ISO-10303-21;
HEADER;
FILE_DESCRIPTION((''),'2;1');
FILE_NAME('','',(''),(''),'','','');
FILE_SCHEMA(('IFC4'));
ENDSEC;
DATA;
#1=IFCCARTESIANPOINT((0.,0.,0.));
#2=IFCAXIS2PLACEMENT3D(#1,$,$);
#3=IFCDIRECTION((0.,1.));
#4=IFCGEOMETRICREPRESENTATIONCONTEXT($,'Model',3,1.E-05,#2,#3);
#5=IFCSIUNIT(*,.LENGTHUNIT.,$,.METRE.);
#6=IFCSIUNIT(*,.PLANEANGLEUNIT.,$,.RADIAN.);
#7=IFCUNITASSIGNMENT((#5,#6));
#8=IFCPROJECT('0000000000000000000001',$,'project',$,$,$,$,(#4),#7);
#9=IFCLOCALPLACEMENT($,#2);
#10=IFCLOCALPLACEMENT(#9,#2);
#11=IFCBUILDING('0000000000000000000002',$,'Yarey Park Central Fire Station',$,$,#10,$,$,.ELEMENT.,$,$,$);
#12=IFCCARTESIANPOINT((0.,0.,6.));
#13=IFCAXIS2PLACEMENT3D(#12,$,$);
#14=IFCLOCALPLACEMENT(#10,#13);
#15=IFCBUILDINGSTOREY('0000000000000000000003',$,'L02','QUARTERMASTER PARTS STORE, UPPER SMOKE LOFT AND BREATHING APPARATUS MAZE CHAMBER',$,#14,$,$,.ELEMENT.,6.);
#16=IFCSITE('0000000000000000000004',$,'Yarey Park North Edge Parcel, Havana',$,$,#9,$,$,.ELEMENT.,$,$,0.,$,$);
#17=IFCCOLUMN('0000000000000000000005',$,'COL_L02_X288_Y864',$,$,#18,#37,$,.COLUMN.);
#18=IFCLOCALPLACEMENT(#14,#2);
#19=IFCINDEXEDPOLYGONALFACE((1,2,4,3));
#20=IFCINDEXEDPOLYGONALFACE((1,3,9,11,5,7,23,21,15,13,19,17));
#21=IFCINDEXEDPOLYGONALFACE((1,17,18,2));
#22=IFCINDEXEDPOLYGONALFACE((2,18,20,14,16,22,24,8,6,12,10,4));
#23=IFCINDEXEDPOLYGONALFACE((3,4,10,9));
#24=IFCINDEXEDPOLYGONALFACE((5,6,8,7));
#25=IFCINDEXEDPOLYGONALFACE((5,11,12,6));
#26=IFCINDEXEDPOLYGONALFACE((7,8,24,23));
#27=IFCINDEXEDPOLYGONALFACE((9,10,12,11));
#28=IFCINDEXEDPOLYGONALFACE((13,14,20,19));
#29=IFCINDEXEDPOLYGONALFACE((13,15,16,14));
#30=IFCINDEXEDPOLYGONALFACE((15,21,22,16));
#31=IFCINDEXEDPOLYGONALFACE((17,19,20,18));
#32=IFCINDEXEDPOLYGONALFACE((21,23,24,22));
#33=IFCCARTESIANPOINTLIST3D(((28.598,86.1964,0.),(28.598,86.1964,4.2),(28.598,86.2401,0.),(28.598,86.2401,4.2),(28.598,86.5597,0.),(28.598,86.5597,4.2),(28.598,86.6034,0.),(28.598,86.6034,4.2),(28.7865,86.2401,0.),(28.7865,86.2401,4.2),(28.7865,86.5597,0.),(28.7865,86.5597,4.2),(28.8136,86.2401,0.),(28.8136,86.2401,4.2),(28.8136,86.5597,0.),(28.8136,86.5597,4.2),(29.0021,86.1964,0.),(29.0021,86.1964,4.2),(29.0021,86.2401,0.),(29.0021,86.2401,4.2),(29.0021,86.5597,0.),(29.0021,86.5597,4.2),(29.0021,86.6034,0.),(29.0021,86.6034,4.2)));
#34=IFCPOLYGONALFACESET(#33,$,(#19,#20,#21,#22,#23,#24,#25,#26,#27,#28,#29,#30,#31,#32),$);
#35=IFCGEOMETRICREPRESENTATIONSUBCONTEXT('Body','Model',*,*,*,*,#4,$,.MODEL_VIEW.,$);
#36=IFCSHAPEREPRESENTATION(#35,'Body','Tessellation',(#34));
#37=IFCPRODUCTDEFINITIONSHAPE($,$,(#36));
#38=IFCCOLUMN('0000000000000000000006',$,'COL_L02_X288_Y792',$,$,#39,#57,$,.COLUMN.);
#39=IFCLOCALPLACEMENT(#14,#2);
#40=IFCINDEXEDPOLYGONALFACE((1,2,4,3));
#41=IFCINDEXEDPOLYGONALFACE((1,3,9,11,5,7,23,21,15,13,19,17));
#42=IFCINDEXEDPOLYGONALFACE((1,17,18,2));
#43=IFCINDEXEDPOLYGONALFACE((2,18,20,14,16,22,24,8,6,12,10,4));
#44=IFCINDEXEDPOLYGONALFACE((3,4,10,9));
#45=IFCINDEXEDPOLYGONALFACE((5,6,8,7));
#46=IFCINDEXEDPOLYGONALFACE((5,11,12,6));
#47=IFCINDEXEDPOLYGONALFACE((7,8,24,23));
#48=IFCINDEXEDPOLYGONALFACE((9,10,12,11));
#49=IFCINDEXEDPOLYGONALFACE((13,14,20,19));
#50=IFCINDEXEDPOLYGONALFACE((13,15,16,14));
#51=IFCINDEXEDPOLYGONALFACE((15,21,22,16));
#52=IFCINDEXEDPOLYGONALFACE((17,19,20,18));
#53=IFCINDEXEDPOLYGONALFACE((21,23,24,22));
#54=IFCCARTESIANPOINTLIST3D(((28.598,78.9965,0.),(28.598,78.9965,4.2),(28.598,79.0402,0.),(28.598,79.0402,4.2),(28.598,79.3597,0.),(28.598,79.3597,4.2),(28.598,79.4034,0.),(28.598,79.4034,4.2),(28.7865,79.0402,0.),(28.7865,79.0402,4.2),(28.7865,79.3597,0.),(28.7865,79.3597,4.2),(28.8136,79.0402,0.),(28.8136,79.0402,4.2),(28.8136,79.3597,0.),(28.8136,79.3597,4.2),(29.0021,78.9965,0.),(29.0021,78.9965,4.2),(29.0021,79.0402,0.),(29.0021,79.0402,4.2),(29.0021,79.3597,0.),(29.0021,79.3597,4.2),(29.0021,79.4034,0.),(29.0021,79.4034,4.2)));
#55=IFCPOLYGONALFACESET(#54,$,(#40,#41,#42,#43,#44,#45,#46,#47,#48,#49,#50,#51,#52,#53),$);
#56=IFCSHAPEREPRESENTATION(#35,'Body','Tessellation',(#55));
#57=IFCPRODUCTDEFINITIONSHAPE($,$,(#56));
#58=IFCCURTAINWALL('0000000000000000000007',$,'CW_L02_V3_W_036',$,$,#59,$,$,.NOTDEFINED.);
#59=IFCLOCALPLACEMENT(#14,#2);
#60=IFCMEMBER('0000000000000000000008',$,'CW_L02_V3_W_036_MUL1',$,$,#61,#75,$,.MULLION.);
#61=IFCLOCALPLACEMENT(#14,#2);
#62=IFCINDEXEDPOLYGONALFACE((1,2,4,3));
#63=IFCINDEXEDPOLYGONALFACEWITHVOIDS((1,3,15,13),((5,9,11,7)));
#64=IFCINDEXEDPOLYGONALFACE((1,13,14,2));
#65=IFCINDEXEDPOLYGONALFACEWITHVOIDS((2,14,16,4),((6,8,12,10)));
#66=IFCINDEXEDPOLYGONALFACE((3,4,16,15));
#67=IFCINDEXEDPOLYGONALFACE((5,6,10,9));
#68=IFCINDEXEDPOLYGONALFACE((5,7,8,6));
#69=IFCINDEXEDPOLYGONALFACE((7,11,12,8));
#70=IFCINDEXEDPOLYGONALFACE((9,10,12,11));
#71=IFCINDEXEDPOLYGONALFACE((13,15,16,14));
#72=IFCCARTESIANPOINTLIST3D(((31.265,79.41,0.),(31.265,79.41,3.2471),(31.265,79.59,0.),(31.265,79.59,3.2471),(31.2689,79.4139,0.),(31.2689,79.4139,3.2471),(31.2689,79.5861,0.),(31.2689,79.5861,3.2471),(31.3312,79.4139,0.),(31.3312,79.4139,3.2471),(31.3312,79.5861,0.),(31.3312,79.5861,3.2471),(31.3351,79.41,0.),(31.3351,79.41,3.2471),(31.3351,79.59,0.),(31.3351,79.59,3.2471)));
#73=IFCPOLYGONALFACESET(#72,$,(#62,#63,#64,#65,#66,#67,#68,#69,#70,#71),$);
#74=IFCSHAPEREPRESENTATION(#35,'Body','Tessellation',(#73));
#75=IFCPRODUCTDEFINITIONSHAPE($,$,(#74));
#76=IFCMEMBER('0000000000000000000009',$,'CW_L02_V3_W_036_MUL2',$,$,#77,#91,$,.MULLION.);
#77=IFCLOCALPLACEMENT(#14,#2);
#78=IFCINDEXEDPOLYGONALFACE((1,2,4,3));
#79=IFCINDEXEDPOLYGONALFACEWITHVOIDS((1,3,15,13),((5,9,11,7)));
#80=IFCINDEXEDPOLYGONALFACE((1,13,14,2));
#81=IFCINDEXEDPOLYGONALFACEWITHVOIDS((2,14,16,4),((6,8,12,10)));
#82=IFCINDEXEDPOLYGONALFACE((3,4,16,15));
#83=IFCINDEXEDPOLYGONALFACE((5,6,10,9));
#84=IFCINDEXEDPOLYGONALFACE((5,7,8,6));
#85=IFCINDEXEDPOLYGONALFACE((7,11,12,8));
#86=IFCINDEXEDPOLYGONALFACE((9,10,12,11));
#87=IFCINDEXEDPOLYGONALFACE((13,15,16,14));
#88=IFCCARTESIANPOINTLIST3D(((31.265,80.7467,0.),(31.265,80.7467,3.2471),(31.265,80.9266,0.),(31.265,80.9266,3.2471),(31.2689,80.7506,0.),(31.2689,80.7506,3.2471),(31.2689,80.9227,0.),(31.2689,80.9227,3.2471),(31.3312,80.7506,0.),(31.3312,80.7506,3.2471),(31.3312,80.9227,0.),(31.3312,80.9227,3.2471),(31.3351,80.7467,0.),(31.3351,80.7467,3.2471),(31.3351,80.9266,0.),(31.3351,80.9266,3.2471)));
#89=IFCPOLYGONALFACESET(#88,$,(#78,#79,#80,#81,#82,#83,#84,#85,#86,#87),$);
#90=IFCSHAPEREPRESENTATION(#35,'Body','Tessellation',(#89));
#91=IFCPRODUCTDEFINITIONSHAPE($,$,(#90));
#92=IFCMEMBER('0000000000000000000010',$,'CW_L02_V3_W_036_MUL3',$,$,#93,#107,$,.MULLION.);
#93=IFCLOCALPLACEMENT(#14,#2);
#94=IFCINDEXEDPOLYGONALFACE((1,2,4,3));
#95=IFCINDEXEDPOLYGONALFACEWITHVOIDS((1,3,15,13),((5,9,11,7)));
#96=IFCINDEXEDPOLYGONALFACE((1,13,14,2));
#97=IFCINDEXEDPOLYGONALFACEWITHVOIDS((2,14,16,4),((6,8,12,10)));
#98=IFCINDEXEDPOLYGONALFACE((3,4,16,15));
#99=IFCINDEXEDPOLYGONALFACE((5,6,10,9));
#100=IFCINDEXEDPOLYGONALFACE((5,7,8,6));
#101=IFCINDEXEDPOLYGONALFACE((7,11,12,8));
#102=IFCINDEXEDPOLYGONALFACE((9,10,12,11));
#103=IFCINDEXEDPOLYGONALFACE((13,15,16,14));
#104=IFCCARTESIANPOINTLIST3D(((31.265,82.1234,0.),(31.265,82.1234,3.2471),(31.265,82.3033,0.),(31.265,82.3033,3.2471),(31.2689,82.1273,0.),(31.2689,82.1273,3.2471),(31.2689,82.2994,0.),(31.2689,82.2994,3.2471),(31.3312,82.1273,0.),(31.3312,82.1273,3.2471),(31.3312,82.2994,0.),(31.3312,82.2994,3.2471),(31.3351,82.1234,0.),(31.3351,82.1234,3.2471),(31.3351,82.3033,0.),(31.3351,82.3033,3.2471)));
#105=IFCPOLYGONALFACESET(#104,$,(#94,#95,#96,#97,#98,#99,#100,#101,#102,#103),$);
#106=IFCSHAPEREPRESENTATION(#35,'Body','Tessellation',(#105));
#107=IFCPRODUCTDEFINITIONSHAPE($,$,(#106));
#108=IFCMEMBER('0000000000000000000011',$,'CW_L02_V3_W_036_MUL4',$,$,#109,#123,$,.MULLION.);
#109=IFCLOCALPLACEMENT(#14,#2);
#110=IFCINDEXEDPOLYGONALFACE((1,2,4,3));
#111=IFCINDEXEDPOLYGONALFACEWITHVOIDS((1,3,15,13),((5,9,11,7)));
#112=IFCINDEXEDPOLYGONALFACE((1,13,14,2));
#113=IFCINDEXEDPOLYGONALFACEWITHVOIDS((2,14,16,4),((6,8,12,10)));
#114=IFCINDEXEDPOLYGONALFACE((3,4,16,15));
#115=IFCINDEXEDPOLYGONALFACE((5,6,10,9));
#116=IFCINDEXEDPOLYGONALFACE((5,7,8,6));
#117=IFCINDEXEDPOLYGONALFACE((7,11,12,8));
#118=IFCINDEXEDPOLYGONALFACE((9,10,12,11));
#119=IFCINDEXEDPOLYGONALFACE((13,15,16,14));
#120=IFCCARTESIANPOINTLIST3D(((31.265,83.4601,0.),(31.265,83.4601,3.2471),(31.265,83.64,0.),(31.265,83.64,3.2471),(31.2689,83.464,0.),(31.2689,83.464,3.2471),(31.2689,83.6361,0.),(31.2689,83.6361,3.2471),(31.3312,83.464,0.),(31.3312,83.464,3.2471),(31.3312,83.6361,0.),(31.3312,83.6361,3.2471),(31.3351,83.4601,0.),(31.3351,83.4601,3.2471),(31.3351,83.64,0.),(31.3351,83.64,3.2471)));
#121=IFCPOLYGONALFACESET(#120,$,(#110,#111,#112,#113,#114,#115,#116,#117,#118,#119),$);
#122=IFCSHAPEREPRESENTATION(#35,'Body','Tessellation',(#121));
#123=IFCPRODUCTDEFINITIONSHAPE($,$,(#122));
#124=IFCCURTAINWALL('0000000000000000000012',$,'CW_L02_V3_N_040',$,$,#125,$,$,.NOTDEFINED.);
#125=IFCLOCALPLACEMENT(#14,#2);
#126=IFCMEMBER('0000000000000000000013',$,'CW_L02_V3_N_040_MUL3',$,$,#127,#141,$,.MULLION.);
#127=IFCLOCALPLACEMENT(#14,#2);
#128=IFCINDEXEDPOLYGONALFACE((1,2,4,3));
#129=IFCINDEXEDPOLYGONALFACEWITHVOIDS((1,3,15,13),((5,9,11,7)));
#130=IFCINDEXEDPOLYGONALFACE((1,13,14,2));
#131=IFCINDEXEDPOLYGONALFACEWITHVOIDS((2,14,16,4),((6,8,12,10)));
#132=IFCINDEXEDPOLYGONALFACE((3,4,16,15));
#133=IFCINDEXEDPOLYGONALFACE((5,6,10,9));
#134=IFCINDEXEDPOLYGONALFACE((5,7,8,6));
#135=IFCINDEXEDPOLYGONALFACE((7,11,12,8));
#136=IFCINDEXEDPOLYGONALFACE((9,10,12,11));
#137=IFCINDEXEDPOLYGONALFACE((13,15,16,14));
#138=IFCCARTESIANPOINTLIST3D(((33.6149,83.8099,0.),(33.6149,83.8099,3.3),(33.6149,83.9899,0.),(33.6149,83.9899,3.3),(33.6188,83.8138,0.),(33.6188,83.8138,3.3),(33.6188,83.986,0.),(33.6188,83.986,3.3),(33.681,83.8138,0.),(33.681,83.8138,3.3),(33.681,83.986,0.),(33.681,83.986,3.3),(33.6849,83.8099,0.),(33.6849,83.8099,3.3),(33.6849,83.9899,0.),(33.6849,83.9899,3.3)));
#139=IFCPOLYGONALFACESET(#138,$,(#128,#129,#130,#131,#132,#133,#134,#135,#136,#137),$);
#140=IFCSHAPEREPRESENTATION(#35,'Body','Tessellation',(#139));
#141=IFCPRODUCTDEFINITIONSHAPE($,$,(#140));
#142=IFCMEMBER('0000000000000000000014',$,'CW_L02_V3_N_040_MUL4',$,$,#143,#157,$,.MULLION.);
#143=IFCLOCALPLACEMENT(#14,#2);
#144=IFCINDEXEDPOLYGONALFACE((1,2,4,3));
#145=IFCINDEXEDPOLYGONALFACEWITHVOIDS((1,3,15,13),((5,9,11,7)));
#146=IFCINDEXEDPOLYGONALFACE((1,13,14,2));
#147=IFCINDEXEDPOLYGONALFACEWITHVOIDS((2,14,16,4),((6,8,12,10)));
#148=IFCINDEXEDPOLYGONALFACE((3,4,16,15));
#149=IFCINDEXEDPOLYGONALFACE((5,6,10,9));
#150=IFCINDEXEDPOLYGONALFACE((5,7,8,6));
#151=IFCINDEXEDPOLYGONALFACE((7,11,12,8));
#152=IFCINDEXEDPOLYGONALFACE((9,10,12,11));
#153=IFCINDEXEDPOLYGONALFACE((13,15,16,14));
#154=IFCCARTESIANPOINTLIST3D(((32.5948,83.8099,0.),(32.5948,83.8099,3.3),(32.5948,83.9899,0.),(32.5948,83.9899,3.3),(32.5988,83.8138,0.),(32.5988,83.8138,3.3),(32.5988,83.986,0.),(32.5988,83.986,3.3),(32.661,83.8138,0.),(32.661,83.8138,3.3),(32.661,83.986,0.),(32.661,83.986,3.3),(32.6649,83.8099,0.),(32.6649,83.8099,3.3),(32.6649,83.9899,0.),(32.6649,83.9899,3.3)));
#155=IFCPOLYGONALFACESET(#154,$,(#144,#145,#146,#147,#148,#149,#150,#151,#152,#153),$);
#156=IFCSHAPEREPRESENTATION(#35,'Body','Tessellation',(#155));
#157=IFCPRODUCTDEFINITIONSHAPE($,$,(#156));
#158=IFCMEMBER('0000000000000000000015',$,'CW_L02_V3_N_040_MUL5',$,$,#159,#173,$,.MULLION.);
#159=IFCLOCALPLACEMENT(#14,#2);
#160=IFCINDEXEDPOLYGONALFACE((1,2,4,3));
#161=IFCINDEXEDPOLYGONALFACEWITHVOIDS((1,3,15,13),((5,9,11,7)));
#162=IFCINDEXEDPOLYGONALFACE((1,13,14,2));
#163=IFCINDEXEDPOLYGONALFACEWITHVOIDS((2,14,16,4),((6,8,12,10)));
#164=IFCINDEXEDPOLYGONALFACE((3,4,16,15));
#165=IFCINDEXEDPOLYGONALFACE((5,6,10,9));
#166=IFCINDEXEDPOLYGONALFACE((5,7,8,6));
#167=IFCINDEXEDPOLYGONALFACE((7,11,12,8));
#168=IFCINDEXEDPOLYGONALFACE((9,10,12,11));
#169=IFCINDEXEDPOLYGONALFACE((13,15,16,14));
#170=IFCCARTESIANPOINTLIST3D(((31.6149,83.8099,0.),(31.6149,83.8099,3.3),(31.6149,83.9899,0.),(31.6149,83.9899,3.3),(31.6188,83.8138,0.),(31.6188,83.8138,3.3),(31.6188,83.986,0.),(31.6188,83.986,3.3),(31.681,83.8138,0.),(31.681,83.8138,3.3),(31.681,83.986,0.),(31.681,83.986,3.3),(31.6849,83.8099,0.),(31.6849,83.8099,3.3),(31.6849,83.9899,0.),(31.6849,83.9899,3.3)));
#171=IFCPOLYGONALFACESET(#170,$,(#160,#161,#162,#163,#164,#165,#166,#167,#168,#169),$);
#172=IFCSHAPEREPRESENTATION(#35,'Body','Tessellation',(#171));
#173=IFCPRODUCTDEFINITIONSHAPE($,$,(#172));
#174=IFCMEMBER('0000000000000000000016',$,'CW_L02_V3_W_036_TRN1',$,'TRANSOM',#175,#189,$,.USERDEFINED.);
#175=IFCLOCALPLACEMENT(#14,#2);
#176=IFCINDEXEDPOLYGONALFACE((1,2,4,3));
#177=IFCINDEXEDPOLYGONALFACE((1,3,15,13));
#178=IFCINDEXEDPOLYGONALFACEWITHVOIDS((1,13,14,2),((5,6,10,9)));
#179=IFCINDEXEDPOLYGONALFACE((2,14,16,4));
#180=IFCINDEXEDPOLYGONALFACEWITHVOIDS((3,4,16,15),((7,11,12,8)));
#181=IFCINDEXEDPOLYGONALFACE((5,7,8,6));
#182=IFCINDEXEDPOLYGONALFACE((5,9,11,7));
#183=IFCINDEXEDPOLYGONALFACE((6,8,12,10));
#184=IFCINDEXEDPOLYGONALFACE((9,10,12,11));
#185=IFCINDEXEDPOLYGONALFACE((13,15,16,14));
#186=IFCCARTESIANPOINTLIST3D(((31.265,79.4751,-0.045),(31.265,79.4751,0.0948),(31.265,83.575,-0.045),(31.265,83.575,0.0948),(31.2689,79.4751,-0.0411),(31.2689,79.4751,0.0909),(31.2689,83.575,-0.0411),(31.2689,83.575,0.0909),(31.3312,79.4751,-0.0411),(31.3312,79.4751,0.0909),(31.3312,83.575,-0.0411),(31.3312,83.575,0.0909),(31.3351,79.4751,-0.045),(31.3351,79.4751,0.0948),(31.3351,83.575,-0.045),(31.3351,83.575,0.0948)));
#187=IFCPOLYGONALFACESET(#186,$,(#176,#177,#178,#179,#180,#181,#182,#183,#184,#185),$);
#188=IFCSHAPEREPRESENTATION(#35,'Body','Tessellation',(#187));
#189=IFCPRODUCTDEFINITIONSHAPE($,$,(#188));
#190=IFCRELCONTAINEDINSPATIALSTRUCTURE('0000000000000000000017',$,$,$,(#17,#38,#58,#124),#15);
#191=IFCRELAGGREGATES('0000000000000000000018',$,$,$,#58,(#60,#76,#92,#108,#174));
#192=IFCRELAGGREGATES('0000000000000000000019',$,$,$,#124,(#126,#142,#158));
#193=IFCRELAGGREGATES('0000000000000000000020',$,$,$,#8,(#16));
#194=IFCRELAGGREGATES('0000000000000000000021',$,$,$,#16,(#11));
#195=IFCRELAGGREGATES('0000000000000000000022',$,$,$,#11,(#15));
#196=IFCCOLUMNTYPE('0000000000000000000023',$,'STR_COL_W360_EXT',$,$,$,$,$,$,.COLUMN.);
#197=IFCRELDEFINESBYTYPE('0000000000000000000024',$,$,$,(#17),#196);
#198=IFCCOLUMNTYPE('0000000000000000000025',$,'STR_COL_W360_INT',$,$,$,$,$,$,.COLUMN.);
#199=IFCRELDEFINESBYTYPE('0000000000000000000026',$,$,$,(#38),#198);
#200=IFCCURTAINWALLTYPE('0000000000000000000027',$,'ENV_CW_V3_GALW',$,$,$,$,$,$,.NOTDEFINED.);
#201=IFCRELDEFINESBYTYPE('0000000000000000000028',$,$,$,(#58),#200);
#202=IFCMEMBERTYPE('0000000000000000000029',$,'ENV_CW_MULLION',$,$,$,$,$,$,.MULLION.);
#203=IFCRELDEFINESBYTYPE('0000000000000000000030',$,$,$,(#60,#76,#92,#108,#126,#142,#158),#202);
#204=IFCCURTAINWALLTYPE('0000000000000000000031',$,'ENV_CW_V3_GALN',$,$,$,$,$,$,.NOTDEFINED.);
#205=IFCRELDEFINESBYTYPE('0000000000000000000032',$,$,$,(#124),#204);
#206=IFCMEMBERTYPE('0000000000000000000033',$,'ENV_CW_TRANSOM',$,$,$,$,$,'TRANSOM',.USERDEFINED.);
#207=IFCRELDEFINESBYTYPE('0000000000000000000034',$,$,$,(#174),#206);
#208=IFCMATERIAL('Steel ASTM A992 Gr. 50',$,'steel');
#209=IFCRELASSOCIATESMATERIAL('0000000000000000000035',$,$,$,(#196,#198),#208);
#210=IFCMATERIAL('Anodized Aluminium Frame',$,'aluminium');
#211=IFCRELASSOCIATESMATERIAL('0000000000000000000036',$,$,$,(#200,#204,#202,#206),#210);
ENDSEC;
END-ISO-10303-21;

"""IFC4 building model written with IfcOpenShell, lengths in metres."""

from ifc_helpers import new_model, si_unit, direction, frame, origin, origin_2d, place, context, subcontext, project, spatial, hollow_rectangle, i_section, extrude, material, material_profile, profile_set, type_object, element, aggregate, save


model = new_model("IFC4")

# Units and contexts
model_context = context("Model", 3, precision=1e-05, world=origin(), true_north=direction((0.0, 1.0)))
body_context = subcontext(model_context, "Body", "Model", "MODEL_VIEW")
ifc_project = project(units=[si_unit("LENGTHUNIT", "METRE"), si_unit("PLANEANGLEUNIT", "RADIAN")], contexts=[model_context])

# Site, building, storey
site_placement = place(None, origin())
site = spatial("IfcSite", under=ifc_project, at=site_placement, Name="Yarey Park North Edge Parcel, Havana", CompositionType="ELEMENT", RefElevation=0.0)
building_placement = place(site_placement, origin())
building = spatial("IfcBuilding", under=site, at=building_placement, Name="Yarey Park Central Fire Station", CompositionType="ELEMENT")
storey_placement = place(building_placement, frame((0.0, 0.0, 6.0)))
storey = spatial("IfcBuildingStorey", under=building, at=storey_placement, Name="L02", Description="QUARTERMASTER PARTS STORE, UPPER SMOKE LOFT AND BREATHING APPARATUS MAZE CHAMBER", CompositionType="ELEMENT", Elevation=6.0)

# Columns
ifc_material_1 = material(Name="Steel ASTM A992 Gr. 50", Category="steel")
ifc_material_profile_1 = material_profile(ifc_material_1, i_section(OverallWidth=0.4041, OverallDepth=0.407, WebThickness=0.0271, FlangeThickness=0.0437, at=origin_2d()), Name="W360x347")
ifc_profile_set_1 = profile_set([ifc_material_profile_1], Name="Steel ASTM A992 Gr. 50")
column_type_1 = type_object("IfcColumnType", Name="STR_COL_W360_EXT", PredefinedType="COLUMN", material=ifc_profile_set_1)
column_1_placement = place(storey_placement, frame((28.8, 86.3999, 0.0), z_axis=(0.0, 0.0, 1.0), x_axis=(1.0, 0.0, 0.0)))
element("IfcColumn", 1, at=column_1_placement, inside=storey, type_object=column_type_1, Name="COL_L02_X288_Y864", PredefinedType="COLUMN", context=body_context, shape_type="SweptSolid", body=[
    extrude(i_section(OverallWidth=0.4041, OverallDepth=0.407, WebThickness=0.0271, FlangeThickness=0.0437, at=origin_2d()), origin(), (0.0, 0.0, 1.0), 4.2),
])
ifc_material_profile_2 = material_profile(ifc_material_1, i_section(OverallWidth=0.4041, OverallDepth=0.407, WebThickness=0.0271, FlangeThickness=0.0437, at=origin_2d()), Name="W360x347")
ifc_profile_set_2 = profile_set([ifc_material_profile_2], Name="Steel ASTM A992 Gr. 50")
column_type_2 = type_object("IfcColumnType", Name="STR_COL_W360_INT", PredefinedType="COLUMN", material=ifc_profile_set_2)
column_2_placement = place(storey_placement, frame((28.8, 79.2, 0.0), z_axis=(0.0, 0.0, 1.0), x_axis=(1.0, 0.0, 0.0)))
element("IfcColumn", 2, at=column_2_placement, inside=storey, type_object=column_type_2, Name="COL_L02_X288_Y792", PredefinedType="COLUMN", context=body_context, shape_type="SweptSolid", body=[
    extrude(i_section(OverallWidth=0.4041, OverallDepth=0.407, WebThickness=0.0271, FlangeThickness=0.0437, at=origin_2d()), origin(), (0.0, 0.0, 1.0), 4.2),
])

# Curtain walls, members
ifc_material_2 = material(Name="Anodized Aluminium Frame", Category="aluminium")
curtain_wall_type_1 = type_object("IfcCurtainWallType", Name="ENV_CW_V3_GALW", PredefinedType="NOTDEFINED", material=ifc_material_2)
curtain_wall_1_placement = place(storey_placement, origin())
curtain_wall_1 = element("IfcCurtainWall", 3, at=curtain_wall_1_placement, inside=storey, type_object=curtain_wall_type_1, Name="CW_L02_V3_W_036", PredefinedType="NOTDEFINED")
ifc_material_profile_3 = material_profile(ifc_material_2, hollow_rectangle(XDim=0.0701, YDim=0.1799, WallThickness=0.0039, at=origin_2d()), Name="ALU 180x70x4")
ifc_profile_set_3 = profile_set([ifc_material_profile_3], Name="Anodized Aluminium Frame")
member_type_1 = type_object("IfcMemberType", Name="ENV_CW_MULLION", PredefinedType="MULLION", material=ifc_profile_set_3)
member_1_placement = place(storey_placement, frame((31.3, 79.5, 0.0), z_axis=(0.0, 0.0, 1.0), x_axis=(1.0, 0.0, 0.0)))
member_1 = element("IfcMember", 4, at=member_1_placement, type_object=member_type_1, Name="CW_L02_V3_W_036_MUL1", PredefinedType="MULLION", context=body_context, shape_type="SweptSolid", body=[
    extrude(hollow_rectangle(XDim=0.0701, YDim=0.1799, WallThickness=0.0039, at=origin_2d()), origin(), (0.0, 0.0, 1.0), 3.2471),
])
member_2_placement = place(storey_placement, frame((31.3, 80.8367, 0.0), z_axis=(0.0, 0.0, 1.0), x_axis=(1.0, 0.0, 0.0)))
member_2 = element("IfcMember", 5, at=member_2_placement, type_object=member_type_1, Name="CW_L02_V3_W_036_MUL2", PredefinedType="MULLION", context=body_context, shape_type="SweptSolid", body=[
    extrude(hollow_rectangle(XDim=0.0701, YDim=0.1799, WallThickness=0.0039, at=origin_2d()), origin(), (0.0, 0.0, 1.0), 3.2471),
])
member_3_placement = place(storey_placement, frame((31.3, 82.2134, 0.0), z_axis=(0.0, 0.0, 1.0), x_axis=(1.0, 0.0, 0.0)))
member_3 = element("IfcMember", 6, at=member_3_placement, type_object=member_type_1, Name="CW_L02_V3_W_036_MUL3", PredefinedType="MULLION", context=body_context, shape_type="SweptSolid", body=[
    extrude(hollow_rectangle(XDim=0.0701, YDim=0.1799, WallThickness=0.0039, at=origin_2d()), origin(), (0.0, 0.0, 1.0), 3.2471),
])
member_4_placement = place(storey_placement, frame((31.3, 83.55, 0.0), z_axis=(0.0, 0.0, 1.0), x_axis=(1.0, 0.0, 0.0)))
member_4 = element("IfcMember", 7, at=member_4_placement, type_object=member_type_1, Name="CW_L02_V3_W_036_MUL4", PredefinedType="MULLION", context=body_context, shape_type="SweptSolid", body=[
    extrude(hollow_rectangle(XDim=0.0701, YDim=0.1799, WallThickness=0.0039, at=origin_2d()), origin(), (0.0, 0.0, 1.0), 3.2471),
])
curtain_wall_type_2 = type_object("IfcCurtainWallType", Name="ENV_CW_V3_GALN", PredefinedType="NOTDEFINED", material=ifc_material_2)
curtain_wall_2_placement = place(storey_placement, origin())
curtain_wall_2 = element("IfcCurtainWall", 8, at=curtain_wall_2_placement, inside=storey, type_object=curtain_wall_type_2, Name="CW_L02_V3_N_040", PredefinedType="NOTDEFINED")
member_5_placement = place(storey_placement, frame((33.6499, 83.8999, 0.0), z_axis=(0.0, 0.0, 1.0), x_axis=(1.0, 0.0, 0.0)))
member_5 = element("IfcMember", 9, at=member_5_placement, type_object=member_type_1, Name="CW_L02_V3_N_040_MUL3", PredefinedType="MULLION", context=body_context, shape_type="SweptSolid", body=[
    extrude(hollow_rectangle(XDim=0.0701, YDim=0.1799, WallThickness=0.0039, at=origin_2d()), origin(), (0.0, 0.0, 1.0), 3.3),
])
member_6_placement = place(storey_placement, frame((32.6299, 83.8999, 0.0), z_axis=(0.0, 0.0, 1.0), x_axis=(1.0, 0.0, 0.0)))
member_6 = element("IfcMember", 10, at=member_6_placement, type_object=member_type_1, Name="CW_L02_V3_N_040_MUL4", PredefinedType="MULLION", context=body_context, shape_type="SweptSolid", body=[
    extrude(hollow_rectangle(XDim=0.0701, YDim=0.1799, WallThickness=0.0039, at=origin_2d()), origin(), (0.0, 0.0, 1.0), 3.3),
])
member_7_placement = place(storey_placement, frame((31.6499, 83.8999, 0.0), z_axis=(0.0, 0.0, 1.0), x_axis=(1.0, 0.0, 0.0)))
member_7 = element("IfcMember", 11, at=member_7_placement, type_object=member_type_1, Name="CW_L02_V3_N_040_MUL5", PredefinedType="MULLION", context=body_context, shape_type="SweptSolid", body=[
    extrude(hollow_rectangle(XDim=0.0701, YDim=0.1799, WallThickness=0.0039, at=origin_2d()), origin(), (0.0, 0.0, 1.0), 3.3),
])

# Member
ifc_material_profile_4 = material_profile(ifc_material_2, hollow_rectangle(XDim=0.0701, YDim=0.1399, WallThickness=0.0039, at=origin_2d()), Name="ALU 140x70x4")
ifc_profile_set_4 = profile_set([ifc_material_profile_4], Name="Anodized Aluminium Frame")
member_type_2 = type_object("IfcMemberType", Name="ENV_CW_TRANSOM", ElementType="TRANSOM", PredefinedType="USERDEFINED", material=ifc_profile_set_4)
member_8_placement = place(storey_placement, frame((31.3, 79.4751, 0.0249), z_axis=(0.0, 1.0, 0.0), x_axis=(-1.0, 0.0, 0.0)))
member_8 = element("IfcMember", 12, at=member_8_placement, type_object=member_type_2, Name="CW_L02_V3_W_036_TRN1", ObjectType="TRANSOM", PredefinedType="USERDEFINED", context=body_context, shape_type="SweptSolid", body=[
    extrude(hollow_rectangle(XDim=0.0701, YDim=0.1399, WallThickness=0.0039, at=origin_2d()), origin(), (0.0, 0.0, 1.0), 4.0999),
])

aggregate(curtain_wall_1, [member_1, member_2, member_3, member_4, member_8])
aggregate(curtain_wall_2, [member_5, member_6, member_7])

save(model, "model.ifc")
